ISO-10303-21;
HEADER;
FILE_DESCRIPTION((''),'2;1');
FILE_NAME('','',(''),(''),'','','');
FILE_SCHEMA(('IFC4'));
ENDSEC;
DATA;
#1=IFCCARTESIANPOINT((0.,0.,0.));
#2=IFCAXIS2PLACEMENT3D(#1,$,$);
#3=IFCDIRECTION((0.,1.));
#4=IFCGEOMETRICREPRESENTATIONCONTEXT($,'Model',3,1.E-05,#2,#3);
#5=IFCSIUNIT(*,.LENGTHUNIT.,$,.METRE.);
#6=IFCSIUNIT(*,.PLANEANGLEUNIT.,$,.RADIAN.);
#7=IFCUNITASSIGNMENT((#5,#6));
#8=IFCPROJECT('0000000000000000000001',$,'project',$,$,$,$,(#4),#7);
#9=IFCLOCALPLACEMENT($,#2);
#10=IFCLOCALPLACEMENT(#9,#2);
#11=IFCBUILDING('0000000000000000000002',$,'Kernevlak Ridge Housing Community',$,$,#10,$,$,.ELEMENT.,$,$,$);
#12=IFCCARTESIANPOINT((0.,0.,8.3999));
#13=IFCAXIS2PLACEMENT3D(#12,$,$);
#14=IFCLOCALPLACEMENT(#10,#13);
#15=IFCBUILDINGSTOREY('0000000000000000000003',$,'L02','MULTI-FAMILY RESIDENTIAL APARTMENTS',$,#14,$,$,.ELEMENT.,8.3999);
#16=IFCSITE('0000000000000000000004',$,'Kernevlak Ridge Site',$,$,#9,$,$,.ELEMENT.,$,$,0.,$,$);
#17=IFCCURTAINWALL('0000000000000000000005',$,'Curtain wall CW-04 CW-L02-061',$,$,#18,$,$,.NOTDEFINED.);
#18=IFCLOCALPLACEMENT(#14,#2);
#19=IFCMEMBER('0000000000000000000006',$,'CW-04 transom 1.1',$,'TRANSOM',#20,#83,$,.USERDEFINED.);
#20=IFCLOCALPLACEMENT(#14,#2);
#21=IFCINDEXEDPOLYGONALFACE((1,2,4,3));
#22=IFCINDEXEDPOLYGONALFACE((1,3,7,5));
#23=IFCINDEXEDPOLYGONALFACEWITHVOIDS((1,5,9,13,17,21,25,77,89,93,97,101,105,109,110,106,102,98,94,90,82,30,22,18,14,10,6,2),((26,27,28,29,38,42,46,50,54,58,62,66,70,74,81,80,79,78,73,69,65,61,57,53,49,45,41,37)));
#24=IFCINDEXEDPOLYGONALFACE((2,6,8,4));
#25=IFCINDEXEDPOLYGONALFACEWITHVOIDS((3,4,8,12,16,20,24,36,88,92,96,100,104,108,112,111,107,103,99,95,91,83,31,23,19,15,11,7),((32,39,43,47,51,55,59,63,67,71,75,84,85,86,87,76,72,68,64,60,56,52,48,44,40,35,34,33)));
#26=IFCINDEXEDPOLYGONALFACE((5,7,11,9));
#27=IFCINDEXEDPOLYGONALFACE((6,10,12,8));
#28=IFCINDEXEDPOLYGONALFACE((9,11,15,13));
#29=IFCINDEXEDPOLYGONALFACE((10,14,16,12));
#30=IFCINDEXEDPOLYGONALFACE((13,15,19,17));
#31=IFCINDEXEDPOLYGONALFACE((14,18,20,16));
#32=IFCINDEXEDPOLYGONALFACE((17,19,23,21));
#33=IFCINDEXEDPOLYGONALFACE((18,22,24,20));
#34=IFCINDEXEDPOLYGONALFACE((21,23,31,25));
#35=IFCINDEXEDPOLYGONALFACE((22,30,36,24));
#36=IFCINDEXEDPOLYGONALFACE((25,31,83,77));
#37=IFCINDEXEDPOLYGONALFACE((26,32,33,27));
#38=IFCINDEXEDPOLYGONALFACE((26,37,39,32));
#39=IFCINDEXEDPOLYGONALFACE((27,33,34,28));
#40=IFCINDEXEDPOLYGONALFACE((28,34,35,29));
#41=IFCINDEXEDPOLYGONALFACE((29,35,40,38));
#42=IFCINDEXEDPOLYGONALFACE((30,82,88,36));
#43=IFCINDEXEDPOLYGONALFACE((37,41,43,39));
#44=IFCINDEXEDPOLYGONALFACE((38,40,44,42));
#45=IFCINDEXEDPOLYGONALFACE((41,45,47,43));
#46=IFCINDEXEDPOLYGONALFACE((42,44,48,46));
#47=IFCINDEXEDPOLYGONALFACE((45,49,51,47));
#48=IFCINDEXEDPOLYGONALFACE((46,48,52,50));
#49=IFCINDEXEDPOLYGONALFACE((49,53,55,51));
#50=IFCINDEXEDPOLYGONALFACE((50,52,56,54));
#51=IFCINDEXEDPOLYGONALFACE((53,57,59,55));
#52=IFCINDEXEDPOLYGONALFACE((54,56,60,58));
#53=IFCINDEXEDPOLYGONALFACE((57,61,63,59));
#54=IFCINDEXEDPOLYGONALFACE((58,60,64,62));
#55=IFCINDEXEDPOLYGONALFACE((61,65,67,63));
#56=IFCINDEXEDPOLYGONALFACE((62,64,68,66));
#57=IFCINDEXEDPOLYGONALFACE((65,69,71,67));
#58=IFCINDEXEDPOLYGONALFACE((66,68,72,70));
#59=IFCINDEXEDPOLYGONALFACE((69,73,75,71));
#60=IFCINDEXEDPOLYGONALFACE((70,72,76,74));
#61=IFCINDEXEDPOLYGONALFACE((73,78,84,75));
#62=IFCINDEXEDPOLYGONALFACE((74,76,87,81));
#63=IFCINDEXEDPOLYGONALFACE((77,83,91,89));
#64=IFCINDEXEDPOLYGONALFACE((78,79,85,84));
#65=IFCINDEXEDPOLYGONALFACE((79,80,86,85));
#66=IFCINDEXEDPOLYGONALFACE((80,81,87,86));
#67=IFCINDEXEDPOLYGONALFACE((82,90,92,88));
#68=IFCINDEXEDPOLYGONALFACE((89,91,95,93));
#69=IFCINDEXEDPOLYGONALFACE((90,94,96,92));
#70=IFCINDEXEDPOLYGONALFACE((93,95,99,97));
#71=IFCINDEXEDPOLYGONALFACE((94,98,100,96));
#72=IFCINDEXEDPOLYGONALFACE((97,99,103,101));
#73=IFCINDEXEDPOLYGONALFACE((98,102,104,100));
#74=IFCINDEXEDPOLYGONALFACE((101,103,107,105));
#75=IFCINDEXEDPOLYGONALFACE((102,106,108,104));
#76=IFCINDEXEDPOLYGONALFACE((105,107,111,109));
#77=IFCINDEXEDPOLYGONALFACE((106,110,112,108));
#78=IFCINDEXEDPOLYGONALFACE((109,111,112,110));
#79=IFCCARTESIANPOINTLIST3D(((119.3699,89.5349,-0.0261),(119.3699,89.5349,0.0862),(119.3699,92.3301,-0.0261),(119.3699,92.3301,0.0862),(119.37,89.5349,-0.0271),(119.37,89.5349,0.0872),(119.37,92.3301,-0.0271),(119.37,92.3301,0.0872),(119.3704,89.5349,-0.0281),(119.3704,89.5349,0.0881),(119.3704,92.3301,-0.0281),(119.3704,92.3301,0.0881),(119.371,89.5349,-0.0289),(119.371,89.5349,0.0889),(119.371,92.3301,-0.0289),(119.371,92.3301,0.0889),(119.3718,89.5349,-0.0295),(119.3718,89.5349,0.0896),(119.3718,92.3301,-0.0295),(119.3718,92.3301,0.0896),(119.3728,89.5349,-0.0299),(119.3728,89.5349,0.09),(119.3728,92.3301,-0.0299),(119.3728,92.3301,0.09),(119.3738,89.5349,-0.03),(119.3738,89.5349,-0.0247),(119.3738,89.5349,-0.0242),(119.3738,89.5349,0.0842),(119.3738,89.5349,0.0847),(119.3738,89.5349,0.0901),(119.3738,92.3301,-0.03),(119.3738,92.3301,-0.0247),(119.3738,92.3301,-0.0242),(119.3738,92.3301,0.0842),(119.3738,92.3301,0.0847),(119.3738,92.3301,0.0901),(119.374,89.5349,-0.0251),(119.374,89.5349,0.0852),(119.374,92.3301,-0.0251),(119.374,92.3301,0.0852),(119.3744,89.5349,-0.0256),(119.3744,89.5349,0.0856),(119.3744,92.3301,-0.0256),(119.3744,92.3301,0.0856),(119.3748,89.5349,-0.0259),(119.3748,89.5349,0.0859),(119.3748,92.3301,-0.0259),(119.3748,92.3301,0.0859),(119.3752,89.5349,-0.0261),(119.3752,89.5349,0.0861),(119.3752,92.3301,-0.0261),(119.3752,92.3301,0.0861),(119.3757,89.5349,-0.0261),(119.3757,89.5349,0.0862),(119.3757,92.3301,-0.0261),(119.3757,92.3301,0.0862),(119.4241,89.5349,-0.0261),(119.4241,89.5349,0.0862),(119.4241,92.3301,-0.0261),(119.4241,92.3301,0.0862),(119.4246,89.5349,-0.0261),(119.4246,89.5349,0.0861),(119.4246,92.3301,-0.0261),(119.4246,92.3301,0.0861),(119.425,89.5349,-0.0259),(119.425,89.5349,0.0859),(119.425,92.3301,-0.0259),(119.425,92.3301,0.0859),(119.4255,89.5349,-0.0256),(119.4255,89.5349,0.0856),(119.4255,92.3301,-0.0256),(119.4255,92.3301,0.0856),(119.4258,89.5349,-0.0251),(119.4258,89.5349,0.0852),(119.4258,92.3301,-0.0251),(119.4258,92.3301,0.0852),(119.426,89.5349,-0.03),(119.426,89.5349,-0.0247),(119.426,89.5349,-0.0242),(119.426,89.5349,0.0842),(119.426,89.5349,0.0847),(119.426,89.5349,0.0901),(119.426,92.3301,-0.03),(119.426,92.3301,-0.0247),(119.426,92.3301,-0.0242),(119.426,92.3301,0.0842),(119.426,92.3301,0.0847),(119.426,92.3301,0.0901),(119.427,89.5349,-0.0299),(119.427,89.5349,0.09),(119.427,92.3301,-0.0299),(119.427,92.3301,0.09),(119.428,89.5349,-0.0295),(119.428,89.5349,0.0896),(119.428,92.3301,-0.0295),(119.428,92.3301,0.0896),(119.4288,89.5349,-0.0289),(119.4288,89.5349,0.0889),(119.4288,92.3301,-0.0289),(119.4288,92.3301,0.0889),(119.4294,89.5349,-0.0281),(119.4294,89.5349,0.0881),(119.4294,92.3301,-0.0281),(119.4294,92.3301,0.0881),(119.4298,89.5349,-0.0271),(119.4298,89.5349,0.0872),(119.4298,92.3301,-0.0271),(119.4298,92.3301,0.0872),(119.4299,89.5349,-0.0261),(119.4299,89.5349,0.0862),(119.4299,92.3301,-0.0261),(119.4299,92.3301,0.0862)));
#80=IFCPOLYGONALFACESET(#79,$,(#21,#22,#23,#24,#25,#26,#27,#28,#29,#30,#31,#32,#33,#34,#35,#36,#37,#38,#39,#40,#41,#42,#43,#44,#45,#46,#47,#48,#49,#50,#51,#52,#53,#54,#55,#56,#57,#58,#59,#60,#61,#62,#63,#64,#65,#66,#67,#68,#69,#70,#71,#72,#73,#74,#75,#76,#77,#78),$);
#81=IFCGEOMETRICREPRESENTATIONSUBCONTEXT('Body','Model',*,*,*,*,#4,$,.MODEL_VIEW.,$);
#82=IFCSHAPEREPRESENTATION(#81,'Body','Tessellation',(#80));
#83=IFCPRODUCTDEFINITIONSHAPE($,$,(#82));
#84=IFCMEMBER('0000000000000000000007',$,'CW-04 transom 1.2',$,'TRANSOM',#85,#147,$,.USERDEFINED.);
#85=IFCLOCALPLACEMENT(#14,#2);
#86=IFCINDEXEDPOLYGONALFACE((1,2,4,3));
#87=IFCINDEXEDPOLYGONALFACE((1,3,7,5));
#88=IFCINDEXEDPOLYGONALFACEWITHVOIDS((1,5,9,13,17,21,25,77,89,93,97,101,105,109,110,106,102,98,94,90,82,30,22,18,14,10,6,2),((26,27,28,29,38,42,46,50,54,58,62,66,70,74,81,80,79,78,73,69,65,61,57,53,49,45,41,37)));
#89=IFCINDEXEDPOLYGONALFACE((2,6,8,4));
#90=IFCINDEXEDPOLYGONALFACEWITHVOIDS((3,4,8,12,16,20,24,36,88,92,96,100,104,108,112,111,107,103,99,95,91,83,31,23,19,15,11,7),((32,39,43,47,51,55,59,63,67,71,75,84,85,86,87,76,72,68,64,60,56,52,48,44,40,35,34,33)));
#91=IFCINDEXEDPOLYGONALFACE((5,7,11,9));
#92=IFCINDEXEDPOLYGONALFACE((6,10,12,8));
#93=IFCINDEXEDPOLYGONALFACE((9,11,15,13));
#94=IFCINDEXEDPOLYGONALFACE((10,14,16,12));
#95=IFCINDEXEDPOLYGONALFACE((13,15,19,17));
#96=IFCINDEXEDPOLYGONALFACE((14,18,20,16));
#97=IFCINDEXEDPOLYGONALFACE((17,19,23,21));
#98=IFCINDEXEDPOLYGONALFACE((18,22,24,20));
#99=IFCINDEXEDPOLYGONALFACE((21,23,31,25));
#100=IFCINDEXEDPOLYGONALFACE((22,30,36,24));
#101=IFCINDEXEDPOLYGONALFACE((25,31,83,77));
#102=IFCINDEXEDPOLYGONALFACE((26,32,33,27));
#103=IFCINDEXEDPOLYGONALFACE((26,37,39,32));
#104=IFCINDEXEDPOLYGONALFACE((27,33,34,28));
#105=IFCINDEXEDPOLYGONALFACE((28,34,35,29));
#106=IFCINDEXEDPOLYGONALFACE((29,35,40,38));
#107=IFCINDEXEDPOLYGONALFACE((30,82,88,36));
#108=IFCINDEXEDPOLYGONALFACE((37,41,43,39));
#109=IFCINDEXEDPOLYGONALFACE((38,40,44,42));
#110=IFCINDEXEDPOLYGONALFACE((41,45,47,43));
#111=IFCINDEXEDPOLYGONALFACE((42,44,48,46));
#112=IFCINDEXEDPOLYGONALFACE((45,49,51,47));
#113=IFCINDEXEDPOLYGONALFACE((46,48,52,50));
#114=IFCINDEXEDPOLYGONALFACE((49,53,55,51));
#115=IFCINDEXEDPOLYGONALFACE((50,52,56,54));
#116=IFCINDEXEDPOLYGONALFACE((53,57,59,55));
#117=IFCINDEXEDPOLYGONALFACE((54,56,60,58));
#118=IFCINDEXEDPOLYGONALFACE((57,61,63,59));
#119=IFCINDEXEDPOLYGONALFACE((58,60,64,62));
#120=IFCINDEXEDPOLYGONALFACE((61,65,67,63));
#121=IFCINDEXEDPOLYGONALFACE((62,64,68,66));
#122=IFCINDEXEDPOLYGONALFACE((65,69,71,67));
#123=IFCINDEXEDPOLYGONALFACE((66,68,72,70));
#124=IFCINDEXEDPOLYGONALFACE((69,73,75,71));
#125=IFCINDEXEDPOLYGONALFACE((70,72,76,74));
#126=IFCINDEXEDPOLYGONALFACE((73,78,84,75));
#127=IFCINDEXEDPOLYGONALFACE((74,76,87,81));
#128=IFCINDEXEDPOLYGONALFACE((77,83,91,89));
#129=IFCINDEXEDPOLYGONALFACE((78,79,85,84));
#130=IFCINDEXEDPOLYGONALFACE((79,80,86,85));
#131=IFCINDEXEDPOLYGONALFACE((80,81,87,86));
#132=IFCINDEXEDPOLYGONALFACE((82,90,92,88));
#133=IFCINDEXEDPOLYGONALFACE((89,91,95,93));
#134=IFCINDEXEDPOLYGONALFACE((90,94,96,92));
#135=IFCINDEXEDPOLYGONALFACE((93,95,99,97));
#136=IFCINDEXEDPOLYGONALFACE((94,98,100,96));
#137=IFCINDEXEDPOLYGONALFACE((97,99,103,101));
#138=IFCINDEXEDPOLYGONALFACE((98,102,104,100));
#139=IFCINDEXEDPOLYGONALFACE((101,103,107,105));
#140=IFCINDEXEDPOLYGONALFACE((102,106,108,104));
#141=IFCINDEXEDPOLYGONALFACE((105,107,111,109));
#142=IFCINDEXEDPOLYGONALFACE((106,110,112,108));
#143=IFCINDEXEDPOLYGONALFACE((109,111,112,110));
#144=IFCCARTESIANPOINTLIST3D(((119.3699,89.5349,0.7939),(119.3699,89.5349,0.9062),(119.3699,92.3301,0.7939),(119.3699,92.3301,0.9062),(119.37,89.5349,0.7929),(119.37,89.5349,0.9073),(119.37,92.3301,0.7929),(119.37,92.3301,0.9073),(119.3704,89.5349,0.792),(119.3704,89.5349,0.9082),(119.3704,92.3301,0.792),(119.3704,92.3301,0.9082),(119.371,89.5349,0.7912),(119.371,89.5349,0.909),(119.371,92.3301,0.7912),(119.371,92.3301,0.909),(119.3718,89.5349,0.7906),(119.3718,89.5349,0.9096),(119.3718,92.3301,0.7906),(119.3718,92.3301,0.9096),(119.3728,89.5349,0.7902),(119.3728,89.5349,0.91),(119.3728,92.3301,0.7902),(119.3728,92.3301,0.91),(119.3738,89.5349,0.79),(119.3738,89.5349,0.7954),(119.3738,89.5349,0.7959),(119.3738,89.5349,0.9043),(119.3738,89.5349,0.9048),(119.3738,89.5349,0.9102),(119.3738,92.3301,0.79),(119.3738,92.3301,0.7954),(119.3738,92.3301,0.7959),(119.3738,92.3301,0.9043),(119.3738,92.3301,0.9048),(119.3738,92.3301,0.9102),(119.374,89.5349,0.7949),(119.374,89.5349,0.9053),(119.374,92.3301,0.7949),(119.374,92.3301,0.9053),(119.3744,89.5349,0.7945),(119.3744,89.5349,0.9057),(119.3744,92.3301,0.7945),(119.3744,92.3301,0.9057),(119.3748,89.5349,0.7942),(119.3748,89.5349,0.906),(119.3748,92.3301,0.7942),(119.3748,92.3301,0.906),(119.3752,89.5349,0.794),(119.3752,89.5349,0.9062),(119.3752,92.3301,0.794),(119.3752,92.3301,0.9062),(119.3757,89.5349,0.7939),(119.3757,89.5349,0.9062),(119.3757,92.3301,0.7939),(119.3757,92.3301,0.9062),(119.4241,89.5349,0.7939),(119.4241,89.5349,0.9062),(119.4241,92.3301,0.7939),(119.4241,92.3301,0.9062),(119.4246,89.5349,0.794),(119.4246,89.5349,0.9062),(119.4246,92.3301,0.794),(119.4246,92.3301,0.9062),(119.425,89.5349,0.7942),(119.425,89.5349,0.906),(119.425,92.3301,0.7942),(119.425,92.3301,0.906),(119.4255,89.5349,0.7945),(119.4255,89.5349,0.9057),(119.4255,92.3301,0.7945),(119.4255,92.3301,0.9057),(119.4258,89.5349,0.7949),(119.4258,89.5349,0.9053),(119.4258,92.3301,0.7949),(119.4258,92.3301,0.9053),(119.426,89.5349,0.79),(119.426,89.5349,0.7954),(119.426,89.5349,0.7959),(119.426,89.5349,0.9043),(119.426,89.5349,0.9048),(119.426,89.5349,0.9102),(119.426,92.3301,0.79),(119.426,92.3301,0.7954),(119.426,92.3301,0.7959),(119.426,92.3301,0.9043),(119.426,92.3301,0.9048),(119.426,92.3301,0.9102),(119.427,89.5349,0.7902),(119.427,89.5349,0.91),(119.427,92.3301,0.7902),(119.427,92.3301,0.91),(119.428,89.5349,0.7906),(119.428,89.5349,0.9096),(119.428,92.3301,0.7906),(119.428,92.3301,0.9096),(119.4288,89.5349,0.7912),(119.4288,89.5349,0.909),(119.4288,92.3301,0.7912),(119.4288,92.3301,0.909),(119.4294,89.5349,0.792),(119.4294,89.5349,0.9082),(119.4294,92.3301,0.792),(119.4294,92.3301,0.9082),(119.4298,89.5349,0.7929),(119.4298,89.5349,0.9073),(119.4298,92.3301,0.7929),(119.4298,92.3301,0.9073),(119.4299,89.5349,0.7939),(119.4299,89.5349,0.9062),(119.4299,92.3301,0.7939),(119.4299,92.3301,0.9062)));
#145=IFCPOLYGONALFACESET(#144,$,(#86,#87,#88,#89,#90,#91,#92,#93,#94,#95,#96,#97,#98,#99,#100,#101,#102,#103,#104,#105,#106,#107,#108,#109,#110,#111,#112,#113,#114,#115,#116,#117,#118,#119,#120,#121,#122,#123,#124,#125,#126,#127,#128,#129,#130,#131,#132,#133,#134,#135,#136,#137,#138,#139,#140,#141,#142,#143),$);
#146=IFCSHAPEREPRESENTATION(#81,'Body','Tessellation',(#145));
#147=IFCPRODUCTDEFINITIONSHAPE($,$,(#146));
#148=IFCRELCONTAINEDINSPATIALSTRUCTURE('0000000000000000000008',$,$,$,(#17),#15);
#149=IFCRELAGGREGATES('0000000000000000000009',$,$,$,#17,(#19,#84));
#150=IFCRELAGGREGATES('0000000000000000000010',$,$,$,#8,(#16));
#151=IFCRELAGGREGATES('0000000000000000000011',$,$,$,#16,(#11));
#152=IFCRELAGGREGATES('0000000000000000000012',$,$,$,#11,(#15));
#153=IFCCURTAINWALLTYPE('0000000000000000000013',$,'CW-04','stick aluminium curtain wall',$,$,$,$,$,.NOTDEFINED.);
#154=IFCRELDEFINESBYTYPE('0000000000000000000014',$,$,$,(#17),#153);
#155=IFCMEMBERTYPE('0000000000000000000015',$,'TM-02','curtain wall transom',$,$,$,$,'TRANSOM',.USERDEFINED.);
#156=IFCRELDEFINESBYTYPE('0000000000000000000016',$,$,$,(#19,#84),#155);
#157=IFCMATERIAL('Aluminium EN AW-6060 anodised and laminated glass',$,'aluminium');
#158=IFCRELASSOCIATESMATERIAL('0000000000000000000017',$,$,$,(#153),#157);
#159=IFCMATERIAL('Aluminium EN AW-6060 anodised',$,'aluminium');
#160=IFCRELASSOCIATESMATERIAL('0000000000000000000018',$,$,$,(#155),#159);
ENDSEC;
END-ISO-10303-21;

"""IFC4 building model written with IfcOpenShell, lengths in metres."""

from ifc_helpers import new_model, si_unit, direction, frame, origin, origin_2d, place, context, subcontext, project, spatial, hollow_rectangle, extrude, material, material_profile, profile_set, type_object, element, aggregate, save


model = new_model("IFC4")

# Units and contexts
model_context = context("Model", 3, precision=1e-05, world=origin(), true_north=direction((0.0, 1.0)))
body_context = subcontext(model_context, "Body", "Model", "MODEL_VIEW")
ifc_project = project(units=[si_unit("LENGTHUNIT", "METRE"), si_unit("PLANEANGLEUNIT", "RADIAN")], contexts=[model_context])

# Site, building, storey
site_placement = place(None, origin())
site = spatial("IfcSite", under=ifc_project, at=site_placement, Name="Kernevlak Ridge Site", CompositionType="ELEMENT", RefElevation=0.0)
building_placement = place(site_placement, origin())
building = spatial("IfcBuilding", under=site, at=building_placement, Name="Kernevlak Ridge Housing Community", CompositionType="ELEMENT")
storey_placement = place(building_placement, frame((0.0, 0.0, 8.3999)))
storey = spatial("IfcBuildingStorey", under=building, at=storey_placement, Name="L02", Description="MULTI-FAMILY RESIDENTIAL APARTMENTS", CompositionType="ELEMENT", Elevation=8.3999)

# Curtain wall
ifc_material_1 = material(Name="Aluminium EN AW-6060 anodised and laminated glass", Category="aluminium")
curtain_wall_type_1 = type_object("IfcCurtainWallType", Name="CW-04", Description="stick aluminium curtain wall", PredefinedType="NOTDEFINED", material=ifc_material_1)
curtain_wall_1_placement = place(storey_placement, origin())
curtain_wall_1 = element("IfcCurtainWall", 1, at=curtain_wall_1_placement, inside=storey, type_object=curtain_wall_type_1, Name="Curtain wall CW-04 CW-L02-061", PredefinedType="NOTDEFINED")
ifc_material_2 = material(Name="Aluminium EN AW-6060 anodised", Category="aluminium")

# Members
ifc_material_profile_1 = material_profile(ifc_material_2, hollow_rectangle(XDim=0.0601, YDim=0.1201, WallThickness=0.0039, InnerFilletRadius=0.002, OuterFilletRadius=0.0039, at=origin_2d()), Name="ALU 60x120x4")
ifc_profile_set_1 = profile_set([ifc_material_profile_1], Name="Aluminium EN AW-6060 anodised")
member_type_1 = type_object("IfcMemberType", Name="TM-02", Description="curtain wall transom", ElementType="TRANSOM", PredefinedType="USERDEFINED", material=ifc_profile_set_1)
member_1_placement = place(storey_placement, frame((119.3999, 89.5349, 0.03), z_axis=(0.0, 1.0, 0.0), x_axis=(-1.0, 0.0, 0.0)))
member_1 = element("IfcMember", 2, at=member_1_placement, type_object=member_type_1, Name="CW-04 transom 1.1", ObjectType="TRANSOM", PredefinedType="USERDEFINED", context=body_context, shape_type="SweptSolid", body=[
    extrude(hollow_rectangle(XDim=0.0601, YDim=0.1201, WallThickness=0.0039, InnerFilletRadius=0.002, OuterFilletRadius=0.0039, at=origin_2d()), origin(), (0.0, 0.0, 1.0), 2.7952),
])
member_2_placement = place(storey_placement, frame((119.3999, 89.5349, 0.8501), z_axis=(0.0, 1.0, 0.0), x_axis=(-1.0, 0.0, 0.0)))
member_2 = element("IfcMember", 3, at=member_2_placement, type_object=member_type_1, Name="CW-04 transom 1.2", ObjectType="TRANSOM", PredefinedType="USERDEFINED", context=body_context, shape_type="SweptSolid", body=[
    extrude(hollow_rectangle(XDim=0.0601, YDim=0.1201, WallThickness=0.0039, InnerFilletRadius=0.002, OuterFilletRadius=0.0039, at=origin_2d()), origin(), (0.0, 0.0, 1.0), 2.7952),
])

aggregate(curtain_wall_1, [member_1, member_2])

save(model, "model.ifc")
